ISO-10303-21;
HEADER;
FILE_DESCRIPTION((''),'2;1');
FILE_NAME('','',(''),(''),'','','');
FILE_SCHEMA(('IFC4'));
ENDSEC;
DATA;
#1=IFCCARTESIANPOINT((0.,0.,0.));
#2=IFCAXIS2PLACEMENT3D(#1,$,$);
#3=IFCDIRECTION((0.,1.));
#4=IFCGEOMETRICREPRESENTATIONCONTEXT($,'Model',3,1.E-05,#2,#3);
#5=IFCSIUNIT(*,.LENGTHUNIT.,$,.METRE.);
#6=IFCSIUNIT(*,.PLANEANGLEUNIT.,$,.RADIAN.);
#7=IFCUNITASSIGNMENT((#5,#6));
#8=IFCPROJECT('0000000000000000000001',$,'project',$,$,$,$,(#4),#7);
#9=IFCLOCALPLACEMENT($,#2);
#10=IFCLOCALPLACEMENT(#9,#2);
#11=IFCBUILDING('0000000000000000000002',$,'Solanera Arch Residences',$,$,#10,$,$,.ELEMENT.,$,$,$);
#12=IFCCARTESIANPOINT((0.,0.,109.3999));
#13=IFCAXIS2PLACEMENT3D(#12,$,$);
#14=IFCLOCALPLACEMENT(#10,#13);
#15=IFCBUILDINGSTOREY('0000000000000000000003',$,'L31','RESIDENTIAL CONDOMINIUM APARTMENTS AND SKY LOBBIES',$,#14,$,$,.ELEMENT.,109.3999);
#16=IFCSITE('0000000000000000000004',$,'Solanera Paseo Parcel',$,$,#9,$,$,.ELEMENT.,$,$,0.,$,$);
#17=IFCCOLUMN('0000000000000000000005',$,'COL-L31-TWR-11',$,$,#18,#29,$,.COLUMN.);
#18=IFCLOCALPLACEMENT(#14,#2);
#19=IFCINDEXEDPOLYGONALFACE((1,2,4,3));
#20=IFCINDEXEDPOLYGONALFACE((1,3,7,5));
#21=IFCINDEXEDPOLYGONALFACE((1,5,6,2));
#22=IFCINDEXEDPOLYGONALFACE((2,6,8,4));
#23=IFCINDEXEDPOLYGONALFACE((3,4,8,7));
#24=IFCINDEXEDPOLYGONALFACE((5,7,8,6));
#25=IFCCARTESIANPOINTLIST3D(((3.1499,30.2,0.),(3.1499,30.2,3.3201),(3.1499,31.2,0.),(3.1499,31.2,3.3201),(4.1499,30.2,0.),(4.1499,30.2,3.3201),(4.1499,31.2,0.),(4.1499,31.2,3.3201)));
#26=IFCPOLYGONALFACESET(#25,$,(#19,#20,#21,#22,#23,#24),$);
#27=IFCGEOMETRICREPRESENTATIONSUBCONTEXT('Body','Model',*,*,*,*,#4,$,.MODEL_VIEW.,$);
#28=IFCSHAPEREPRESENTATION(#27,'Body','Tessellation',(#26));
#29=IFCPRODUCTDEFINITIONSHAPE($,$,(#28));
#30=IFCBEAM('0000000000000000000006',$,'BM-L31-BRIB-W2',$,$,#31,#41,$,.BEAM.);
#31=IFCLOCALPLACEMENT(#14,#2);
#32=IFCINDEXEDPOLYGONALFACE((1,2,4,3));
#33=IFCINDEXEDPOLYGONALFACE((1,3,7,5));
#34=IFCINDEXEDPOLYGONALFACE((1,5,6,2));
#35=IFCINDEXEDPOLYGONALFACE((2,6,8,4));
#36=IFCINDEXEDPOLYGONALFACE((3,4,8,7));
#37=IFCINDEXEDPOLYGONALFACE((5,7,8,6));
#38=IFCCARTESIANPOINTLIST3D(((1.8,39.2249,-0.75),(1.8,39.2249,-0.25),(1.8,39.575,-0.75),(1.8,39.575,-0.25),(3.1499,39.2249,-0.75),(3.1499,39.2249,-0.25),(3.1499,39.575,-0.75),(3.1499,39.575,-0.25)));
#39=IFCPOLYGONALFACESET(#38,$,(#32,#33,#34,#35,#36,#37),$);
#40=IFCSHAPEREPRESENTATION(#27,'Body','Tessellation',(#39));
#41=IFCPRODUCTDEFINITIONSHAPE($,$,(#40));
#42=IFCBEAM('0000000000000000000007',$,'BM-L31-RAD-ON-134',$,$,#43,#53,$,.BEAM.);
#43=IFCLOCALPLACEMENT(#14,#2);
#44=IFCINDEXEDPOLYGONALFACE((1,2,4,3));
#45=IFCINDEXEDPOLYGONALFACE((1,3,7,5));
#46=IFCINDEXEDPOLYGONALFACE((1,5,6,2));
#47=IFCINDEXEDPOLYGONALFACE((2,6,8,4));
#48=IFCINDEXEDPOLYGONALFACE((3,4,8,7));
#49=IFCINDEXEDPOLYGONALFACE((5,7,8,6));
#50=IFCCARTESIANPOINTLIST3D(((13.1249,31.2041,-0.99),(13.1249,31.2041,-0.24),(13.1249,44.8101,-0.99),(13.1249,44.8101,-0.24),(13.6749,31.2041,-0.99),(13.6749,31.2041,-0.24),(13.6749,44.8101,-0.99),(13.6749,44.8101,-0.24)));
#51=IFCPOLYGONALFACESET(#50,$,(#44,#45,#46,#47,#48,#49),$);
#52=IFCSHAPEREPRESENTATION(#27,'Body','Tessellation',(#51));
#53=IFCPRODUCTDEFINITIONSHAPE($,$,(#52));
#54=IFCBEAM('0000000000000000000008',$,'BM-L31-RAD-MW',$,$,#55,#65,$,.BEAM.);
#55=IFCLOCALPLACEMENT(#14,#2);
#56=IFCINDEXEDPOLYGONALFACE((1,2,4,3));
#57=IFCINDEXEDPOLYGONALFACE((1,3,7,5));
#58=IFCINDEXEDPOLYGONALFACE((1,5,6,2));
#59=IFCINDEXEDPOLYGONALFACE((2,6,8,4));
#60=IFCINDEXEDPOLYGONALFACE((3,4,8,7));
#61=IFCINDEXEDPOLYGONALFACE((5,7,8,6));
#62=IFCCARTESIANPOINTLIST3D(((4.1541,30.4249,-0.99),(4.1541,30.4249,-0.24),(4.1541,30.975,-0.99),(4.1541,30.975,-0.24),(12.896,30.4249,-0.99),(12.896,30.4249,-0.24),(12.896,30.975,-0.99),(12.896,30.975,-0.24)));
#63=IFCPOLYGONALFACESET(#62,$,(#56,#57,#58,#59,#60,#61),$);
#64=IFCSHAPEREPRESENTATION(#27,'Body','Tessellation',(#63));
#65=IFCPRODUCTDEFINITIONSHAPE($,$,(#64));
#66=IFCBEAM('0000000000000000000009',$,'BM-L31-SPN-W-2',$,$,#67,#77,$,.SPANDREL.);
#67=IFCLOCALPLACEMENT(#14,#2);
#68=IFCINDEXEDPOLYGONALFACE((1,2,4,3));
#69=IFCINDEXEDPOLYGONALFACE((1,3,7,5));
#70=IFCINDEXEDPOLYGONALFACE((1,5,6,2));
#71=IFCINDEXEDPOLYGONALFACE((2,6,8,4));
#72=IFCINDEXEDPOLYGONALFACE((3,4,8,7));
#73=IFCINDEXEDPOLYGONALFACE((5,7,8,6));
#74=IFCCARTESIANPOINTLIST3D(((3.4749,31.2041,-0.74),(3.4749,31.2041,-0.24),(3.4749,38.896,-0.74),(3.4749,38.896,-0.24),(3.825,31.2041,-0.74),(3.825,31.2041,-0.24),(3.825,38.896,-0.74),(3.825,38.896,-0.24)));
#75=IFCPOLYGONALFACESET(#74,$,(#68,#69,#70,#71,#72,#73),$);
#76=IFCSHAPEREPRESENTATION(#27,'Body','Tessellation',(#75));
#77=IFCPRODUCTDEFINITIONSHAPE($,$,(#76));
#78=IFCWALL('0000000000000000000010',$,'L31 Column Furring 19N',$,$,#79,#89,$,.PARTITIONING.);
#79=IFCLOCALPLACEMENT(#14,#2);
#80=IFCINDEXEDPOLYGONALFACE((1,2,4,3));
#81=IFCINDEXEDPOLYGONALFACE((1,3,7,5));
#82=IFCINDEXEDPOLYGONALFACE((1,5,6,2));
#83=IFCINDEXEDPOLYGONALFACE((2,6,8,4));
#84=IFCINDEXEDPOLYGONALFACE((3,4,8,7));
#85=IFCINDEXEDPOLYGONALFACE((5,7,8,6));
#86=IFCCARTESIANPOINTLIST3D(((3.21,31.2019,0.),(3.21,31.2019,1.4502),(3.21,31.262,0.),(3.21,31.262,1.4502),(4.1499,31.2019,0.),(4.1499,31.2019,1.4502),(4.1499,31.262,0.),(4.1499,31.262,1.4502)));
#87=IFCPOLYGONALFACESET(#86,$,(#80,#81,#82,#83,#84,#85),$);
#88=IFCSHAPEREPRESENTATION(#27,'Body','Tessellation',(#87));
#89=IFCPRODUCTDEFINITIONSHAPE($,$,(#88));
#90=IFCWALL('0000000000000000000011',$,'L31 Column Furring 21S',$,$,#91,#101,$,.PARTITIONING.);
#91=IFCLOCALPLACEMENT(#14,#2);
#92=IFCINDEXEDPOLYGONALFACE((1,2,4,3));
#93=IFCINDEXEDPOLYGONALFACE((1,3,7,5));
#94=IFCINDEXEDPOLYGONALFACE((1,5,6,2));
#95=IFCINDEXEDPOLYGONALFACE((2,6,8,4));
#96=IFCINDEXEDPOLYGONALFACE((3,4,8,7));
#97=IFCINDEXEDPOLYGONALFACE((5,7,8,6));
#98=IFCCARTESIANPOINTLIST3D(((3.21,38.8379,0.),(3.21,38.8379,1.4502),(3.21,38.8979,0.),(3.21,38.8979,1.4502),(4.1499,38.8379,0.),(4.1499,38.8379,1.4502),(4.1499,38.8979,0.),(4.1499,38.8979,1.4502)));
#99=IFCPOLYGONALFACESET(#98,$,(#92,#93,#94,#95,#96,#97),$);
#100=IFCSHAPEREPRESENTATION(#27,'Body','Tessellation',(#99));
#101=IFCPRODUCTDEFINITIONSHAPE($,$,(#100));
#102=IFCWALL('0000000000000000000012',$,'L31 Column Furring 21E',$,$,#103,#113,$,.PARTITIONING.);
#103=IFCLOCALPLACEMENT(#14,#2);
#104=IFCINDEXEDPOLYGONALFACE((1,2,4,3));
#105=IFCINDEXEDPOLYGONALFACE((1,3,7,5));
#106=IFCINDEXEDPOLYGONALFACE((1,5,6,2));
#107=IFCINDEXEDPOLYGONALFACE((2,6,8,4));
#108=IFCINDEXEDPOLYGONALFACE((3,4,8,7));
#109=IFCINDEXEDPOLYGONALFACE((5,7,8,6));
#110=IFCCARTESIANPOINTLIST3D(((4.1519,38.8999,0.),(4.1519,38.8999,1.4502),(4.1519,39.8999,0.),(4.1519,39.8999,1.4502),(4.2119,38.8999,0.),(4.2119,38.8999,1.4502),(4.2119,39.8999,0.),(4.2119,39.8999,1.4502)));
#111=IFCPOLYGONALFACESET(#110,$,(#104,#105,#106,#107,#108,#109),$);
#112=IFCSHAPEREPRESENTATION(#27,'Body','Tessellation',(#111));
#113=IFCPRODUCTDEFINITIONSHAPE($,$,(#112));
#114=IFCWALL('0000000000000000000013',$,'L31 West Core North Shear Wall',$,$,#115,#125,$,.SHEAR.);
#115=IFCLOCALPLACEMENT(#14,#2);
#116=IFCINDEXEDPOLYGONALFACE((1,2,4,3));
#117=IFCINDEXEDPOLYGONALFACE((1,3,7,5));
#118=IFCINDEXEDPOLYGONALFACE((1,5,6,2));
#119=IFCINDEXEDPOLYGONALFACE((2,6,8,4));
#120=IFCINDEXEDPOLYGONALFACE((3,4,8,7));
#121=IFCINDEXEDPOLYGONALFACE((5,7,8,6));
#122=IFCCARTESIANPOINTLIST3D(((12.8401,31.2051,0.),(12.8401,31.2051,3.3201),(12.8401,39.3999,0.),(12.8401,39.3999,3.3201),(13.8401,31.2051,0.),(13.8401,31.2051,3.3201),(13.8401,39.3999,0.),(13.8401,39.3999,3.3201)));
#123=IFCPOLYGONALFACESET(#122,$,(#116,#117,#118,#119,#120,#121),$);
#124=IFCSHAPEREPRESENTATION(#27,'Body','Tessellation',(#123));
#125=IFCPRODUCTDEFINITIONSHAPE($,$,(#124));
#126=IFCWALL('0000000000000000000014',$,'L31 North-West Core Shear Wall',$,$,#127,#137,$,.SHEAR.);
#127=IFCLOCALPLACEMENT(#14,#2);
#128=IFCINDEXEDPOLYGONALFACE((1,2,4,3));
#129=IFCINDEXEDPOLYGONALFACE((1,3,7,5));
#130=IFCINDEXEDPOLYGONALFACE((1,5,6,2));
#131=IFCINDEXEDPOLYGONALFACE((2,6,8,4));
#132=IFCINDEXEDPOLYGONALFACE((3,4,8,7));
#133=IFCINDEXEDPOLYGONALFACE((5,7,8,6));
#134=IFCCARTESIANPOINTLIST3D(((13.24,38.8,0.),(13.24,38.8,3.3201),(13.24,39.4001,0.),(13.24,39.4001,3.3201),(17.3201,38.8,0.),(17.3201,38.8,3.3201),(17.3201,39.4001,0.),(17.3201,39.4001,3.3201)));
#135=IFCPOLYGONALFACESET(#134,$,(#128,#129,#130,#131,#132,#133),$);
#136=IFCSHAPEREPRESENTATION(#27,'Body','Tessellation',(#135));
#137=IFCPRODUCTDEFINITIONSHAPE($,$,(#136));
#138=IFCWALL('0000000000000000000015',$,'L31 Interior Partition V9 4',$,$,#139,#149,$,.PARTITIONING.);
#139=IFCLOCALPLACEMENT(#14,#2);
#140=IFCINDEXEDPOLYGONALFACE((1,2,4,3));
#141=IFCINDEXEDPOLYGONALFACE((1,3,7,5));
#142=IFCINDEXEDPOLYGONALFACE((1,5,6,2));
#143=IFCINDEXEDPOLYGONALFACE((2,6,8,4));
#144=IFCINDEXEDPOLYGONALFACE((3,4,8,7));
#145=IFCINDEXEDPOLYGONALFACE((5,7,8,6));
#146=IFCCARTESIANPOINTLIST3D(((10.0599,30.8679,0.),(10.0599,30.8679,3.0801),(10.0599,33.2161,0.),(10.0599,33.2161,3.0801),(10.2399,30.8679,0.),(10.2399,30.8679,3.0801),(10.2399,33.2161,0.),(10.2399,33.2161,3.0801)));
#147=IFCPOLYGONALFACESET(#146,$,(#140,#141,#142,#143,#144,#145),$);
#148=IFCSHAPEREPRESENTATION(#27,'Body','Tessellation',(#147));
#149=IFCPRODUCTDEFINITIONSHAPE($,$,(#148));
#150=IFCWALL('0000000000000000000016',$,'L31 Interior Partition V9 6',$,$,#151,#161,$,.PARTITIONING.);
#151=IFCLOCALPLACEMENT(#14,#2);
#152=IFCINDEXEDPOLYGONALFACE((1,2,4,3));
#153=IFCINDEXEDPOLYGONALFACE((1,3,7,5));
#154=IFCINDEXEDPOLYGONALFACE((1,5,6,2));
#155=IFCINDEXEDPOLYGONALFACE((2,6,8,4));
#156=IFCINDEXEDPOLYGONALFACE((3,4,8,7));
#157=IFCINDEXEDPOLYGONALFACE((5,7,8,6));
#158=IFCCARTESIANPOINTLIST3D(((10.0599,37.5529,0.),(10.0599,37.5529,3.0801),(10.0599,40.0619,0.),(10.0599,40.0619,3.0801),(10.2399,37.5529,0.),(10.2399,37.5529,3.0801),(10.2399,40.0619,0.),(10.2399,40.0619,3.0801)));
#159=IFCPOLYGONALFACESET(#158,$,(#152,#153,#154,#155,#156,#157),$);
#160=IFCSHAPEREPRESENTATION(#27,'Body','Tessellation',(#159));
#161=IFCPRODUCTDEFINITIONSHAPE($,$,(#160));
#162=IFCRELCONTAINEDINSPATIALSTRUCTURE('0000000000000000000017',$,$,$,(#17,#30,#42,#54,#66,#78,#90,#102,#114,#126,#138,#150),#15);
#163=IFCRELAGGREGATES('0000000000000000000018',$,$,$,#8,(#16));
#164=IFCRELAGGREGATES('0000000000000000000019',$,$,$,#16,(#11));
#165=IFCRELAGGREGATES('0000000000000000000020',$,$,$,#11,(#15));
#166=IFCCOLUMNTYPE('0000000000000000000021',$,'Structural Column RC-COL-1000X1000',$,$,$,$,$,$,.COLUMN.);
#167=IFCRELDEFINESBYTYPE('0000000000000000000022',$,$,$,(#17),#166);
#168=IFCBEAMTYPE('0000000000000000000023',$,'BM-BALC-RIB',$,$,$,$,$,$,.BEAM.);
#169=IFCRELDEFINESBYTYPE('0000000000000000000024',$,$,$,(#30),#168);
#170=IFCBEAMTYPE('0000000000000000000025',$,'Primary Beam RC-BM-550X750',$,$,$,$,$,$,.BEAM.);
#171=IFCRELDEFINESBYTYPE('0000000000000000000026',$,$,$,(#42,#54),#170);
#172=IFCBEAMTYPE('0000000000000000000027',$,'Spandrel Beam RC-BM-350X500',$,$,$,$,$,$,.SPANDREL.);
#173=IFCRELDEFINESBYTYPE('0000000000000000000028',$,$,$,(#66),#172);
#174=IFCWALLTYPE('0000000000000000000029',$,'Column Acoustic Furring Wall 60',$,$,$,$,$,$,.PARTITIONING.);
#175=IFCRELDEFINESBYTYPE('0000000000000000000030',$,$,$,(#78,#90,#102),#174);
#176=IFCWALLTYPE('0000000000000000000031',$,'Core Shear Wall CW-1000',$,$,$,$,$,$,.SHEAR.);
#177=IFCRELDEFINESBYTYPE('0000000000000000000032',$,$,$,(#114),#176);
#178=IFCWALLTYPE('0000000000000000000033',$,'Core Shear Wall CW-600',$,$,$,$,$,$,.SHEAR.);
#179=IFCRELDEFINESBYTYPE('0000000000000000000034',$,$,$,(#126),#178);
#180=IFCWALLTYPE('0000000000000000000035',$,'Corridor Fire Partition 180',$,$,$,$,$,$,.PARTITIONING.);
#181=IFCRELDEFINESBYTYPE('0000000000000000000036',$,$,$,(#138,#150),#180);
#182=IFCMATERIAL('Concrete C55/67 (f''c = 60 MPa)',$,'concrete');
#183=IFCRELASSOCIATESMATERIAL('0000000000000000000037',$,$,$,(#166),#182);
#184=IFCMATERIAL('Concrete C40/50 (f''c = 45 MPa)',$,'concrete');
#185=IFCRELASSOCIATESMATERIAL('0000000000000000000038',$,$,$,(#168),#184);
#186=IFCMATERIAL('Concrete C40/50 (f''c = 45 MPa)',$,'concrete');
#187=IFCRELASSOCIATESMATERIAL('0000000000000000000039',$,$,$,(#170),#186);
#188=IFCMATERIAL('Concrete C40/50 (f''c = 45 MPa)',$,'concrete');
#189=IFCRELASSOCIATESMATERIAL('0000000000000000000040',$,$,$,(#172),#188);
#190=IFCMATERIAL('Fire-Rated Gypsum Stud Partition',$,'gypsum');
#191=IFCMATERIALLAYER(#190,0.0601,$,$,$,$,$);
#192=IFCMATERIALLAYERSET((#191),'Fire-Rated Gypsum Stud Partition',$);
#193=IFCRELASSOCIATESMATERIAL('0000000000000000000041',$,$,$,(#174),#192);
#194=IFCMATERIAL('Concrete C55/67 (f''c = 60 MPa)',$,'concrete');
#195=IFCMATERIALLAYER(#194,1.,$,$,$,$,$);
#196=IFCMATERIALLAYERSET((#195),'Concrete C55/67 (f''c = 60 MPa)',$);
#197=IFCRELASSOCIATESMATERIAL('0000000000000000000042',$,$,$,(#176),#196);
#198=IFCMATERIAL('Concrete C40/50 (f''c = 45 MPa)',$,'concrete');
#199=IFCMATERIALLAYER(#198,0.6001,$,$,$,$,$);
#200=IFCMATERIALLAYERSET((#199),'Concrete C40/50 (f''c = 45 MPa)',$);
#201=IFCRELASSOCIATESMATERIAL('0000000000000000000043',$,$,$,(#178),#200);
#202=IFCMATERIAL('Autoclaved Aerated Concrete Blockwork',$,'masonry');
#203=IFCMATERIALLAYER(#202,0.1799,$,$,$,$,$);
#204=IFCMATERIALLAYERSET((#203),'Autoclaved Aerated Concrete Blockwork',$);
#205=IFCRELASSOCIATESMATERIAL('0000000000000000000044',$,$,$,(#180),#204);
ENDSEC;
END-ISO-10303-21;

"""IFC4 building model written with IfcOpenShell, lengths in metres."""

from ifc_helpers import new_model, si_unit, direction, frame, frame_2d, origin, origin_2d, place, context, subcontext, project, spatial, rectangle, extrude, material, layer, layer_set, material_profile, profile_set, type_object, element, save


model = new_model("IFC4")

# Units and contexts
model_context = context("Model", 3, precision=1e-05, world=origin(), true_north=direction((0.0, 1.0)))
body_context = subcontext(model_context, "Body", "Model", "MODEL_VIEW")
ifc_project = project(units=[si_unit("LENGTHUNIT", "METRE"), si_unit("PLANEANGLEUNIT", "RADIAN")], contexts=[model_context])

# Site, building, storey
site_placement = place(None, origin())
site = spatial("IfcSite", under=ifc_project, at=site_placement, Name="Solanera Paseo Parcel", CompositionType="ELEMENT", RefElevation=0.0)
building_placement = place(site_placement, origin())
building = spatial("IfcBuilding", under=site, at=building_placement, Name="Solanera Arch Residences", CompositionType="ELEMENT")
storey_placement = place(building_placement, frame((0.0, 0.0, 109.3999)))
storey = spatial("IfcBuildingStorey", under=building, at=storey_placement, Name="L31", Description="RESIDENTIAL CONDOMINIUM APARTMENTS AND SKY LOBBIES", CompositionType="ELEMENT", Elevation=109.3999)

# Column
ifc_material_1 = material(Name="Concrete C55/67 (f'c = 60 MPa)", Category="concrete")
ifc_material_profile_1 = material_profile(ifc_material_1, rectangle(XDim=1.0, YDim=1.0, at=origin_2d()))
ifc_profile_set_1 = profile_set([ifc_material_profile_1], Name="Concrete C55/67 (f'c = 60 MPa)")
column_type = type_object("IfcColumnType", Name="Structural Column RC-COL-1000X1000", PredefinedType="COLUMN", material=ifc_profile_set_1)
column_placement = place(storey_placement, frame((3.6499, 30.7, 0.0), z_axis=(0.0, 0.0, 1.0), x_axis=(1.0, 0.0, 0.0)))
element("IfcColumn", 1, at=column_placement, inside=storey, type_object=column_type, Name="COL-L31-TWR-11", PredefinedType="COLUMN", context=body_context, shape_type="SweptSolid", body=[
    extrude(rectangle(XDim=1.0, YDim=1.0, at=origin_2d()), origin(), (0.0, 0.0, 1.0), 3.3201),
])

# Beams
ifc_material_2 = material(Name="Concrete C40/50 (f'c = 45 MPa)", Category="concrete")
ifc_material_profile_2 = material_profile(ifc_material_2, rectangle(XDim=0.3501, YDim=0.5, at=origin_2d()))
ifc_profile_set_2 = profile_set([ifc_material_profile_2], Name="Concrete C40/50 (f'c = 45 MPa)")
beam_type_1 = type_object("IfcBeamType", Name="BM-BALC-RIB", PredefinedType="BEAM", material=ifc_profile_set_2)
beam_1_placement = place(storey_placement, frame((1.8, 39.3999, -0.5), z_axis=(1.0, 0.0, 0.0), x_axis=(0.0, 1.0, 0.0)))
element("IfcBeam", 2, at=beam_1_placement, inside=storey, type_object=beam_type_1, Name="BM-L31-BRIB-W2", PredefinedType="BEAM", context=body_context, shape_type="SweptSolid", body=[
    extrude(rectangle(XDim=0.3501, YDim=0.5, at=origin_2d()), origin(), (0.0, 0.0, 1.0), 1.3499),
])
ifc_material_3 = material(Name="Concrete C40/50 (f'c = 45 MPa)", Category="concrete")
ifc_material_profile_3 = material_profile(ifc_material_3, rectangle(XDim=0.55, YDim=0.75, at=origin_2d()))
ifc_profile_set_3 = profile_set([ifc_material_profile_3], Name="Concrete C40/50 (f'c = 45 MPa)")
beam_type_2 = type_object("IfcBeamType", Name="Primary Beam RC-BM-550X750", PredefinedType="BEAM", material=ifc_profile_set_3)
beam_2_placement = place(storey_placement, frame((13.3999, 31.2041, -0.615), z_axis=(0.0, 1.0, 0.0), x_axis=(-1.0, 0.0, 0.0)))
element("IfcBeam", 3, at=beam_2_placement, inside=storey, type_object=beam_type_2, Name="BM-L31-RAD-ON-134", PredefinedType="BEAM", context=body_context, shape_type="SweptSolid", body=[
    extrude(rectangle(XDim=0.55, YDim=0.75, at=origin_2d()), origin(), (0.0, 0.0, 1.0), 13.606),
])
beam_3_placement = place(storey_placement, frame((4.1541, 30.7, -0.615), z_axis=(1.0, 0.0, 0.0), x_axis=(0.0, 1.0, 0.0)))
element("IfcBeam", 4, at=beam_3_placement, inside=storey, type_object=beam_type_2, Name="BM-L31-RAD-MW", PredefinedType="BEAM", context=body_context, shape_type="SweptSolid", body=[
    extrude(rectangle(XDim=0.55, YDim=0.75, at=origin_2d()), origin(), (0.0, 0.0, 1.0), 8.7419),
])
ifc_material_4 = material(Name="Concrete C40/50 (f'c = 45 MPa)", Category="concrete")
ifc_material_profile_4 = material_profile(ifc_material_4, rectangle(XDim=0.3501, YDim=0.5, at=origin_2d()))
ifc_profile_set_4 = profile_set([ifc_material_profile_4], Name="Concrete C40/50 (f'c = 45 MPa)")
beam_type_3 = type_object("IfcBeamType", Name="Spandrel Beam RC-BM-350X500", PredefinedType="SPANDREL", material=ifc_profile_set_4)
beam_4_placement = place(storey_placement, frame((3.6499, 31.2041, -0.49), z_axis=(0.0, 1.0, 0.0), x_axis=(-1.0, 0.0, 0.0)))
element("IfcBeam", 5, at=beam_4_placement, inside=storey, type_object=beam_type_3, Name="BM-L31-SPN-W-2", PredefinedType="SPANDREL", context=body_context, shape_type="SweptSolid", body=[
    extrude(rectangle(XDim=0.3501, YDim=0.5, at=origin_2d()), origin(), (0.0, 0.0, 1.0), 7.6919),
])

# Walls
ifc_material_5 = material(Name="Fire-Rated Gypsum Stud Partition", Category="gypsum")
ifc_layer_1 = layer(ifc_material_5, 0.0601)
ifc_layer_set_1 = layer_set([ifc_layer_1], Name="Fire-Rated Gypsum Stud Partition")
wall_type_1 = type_object("IfcWallType", Name="Column Acoustic Furring Wall 60", PredefinedType="PARTITIONING", material=ifc_layer_set_1)
for number, where, z_axis, x_axis, name in (
    (6, (3.21, 31.2319, 0.0), (0.0, 0.0, 1.0), (1.0, 0.0, 0.0), "L31 Column Furring 19N"),
    (7, (3.21, 38.8679, 0.0), (0.0, 0.0, 1.0), (1.0, 0.0, 0.0), "L31 Column Furring 21S"),
):
    element("IfcWall", number, at=place(storey_placement, frame(where, z_axis=z_axis, x_axis=x_axis)), inside=storey, type_object=wall_type_1, Name=name, PredefinedType="PARTITIONING", context=body_context, shape_type="SweptSolid", body=[
        extrude(rectangle(XDim=0.9399, YDim=0.0601, at=frame_2d((0.47, 0.0))), origin(), (0.0, 0.0, 1.0), 1.4502),
    ])
wall_1_placement = place(storey_placement, frame((4.1819, 38.8999, 0.0), z_axis=(0.0, 0.0, 1.0), x_axis=(0.0, 1.0, 0.0)))
element("IfcWall", 8, at=wall_1_placement, inside=storey, type_object=wall_type_1, Name="L31 Column Furring 21E", PredefinedType="PARTITIONING", context=body_context, shape_type="SweptSolid", body=[
    extrude(rectangle(XDim=1.0, YDim=0.0601, at=frame_2d((0.5, 0.0))), origin(), (0.0, 0.0, 1.0), 1.4502),
])
ifc_material_6 = material(Name="Concrete C55/67 (f'c = 60 MPa)", Category="concrete")
ifc_layer_2 = layer(ifc_material_6, 1.0)
ifc_layer_set_2 = layer_set([ifc_layer_2], Name="Concrete C55/67 (f'c = 60 MPa)")
wall_type_2 = type_object("IfcWallType", Name="Core Shear Wall CW-1000", PredefinedType="SHEAR", material=ifc_layer_set_2)
wall_2_placement = place(storey_placement, frame((13.3401, 31.2051, 0.0), z_axis=(0.0, 0.0, 1.0), x_axis=(0.0, 1.0, 0.0)))
element("IfcWall", 9, at=wall_2_placement, inside=storey, type_object=wall_type_2, Name="L31 West Core North Shear Wall", PredefinedType="SHEAR", context=body_context, shape_type="SweptSolid", body=[
    extrude(rectangle(XDim=8.1948, YDim=1.0, at=frame_2d((4.0974, 0.0))), origin(), (0.0, 0.0, 1.0), 3.3201),
])
ifc_material_7 = material(Name="Concrete C40/50 (f'c = 45 MPa)", Category="concrete")
ifc_layer_3 = layer(ifc_material_7, 0.6001)
ifc_layer_set_3 = layer_set([ifc_layer_3], Name="Concrete C40/50 (f'c = 45 MPa)")
wall_type_3 = type_object("IfcWallType", Name="Core Shear Wall CW-600", PredefinedType="SHEAR", material=ifc_layer_set_3)
wall_3_placement = place(storey_placement, frame((13.24, 39.1001, 0.0), z_axis=(0.0, 0.0, 1.0), x_axis=(1.0, 0.0, 0.0)))
element("IfcWall", 10, at=wall_3_placement, inside=storey, type_object=wall_type_3, Name="L31 North-West Core Shear Wall", PredefinedType="SHEAR", context=body_context, shape_type="SweptSolid", body=[
    extrude(rectangle(XDim=4.0801, YDim=0.6001, at=frame_2d((2.04, 0.0))), origin(), (0.0, 0.0, 1.0), 3.3201),
])
ifc_material_8 = material(Name="Autoclaved Aerated Concrete Blockwork", Category="masonry")
ifc_layer_4 = layer(ifc_material_8, 0.1799)
ifc_layer_set_4 = layer_set([ifc_layer_4], Name="Autoclaved Aerated Concrete Blockwork")
wall_type_4 = type_object("IfcWallType", Name="Corridor Fire Partition 180", PredefinedType="PARTITIONING", material=ifc_layer_set_4)
wall_4_placement = place(storey_placement, frame((10.1499, 30.8679, 0.0), z_axis=(0.0, 0.0, 1.0), x_axis=(0.0, 1.0, 0.0)))
element("IfcWall", 11, at=wall_4_placement, inside=storey, type_object=wall_type_4, Name="L31 Interior Partition V9 4", PredefinedType="PARTITIONING", context=body_context, shape_type="SweptSolid", body=[
    extrude(rectangle(XDim=2.3481, YDim=0.1799, at=frame_2d((1.1741, 0.0))), origin(), (0.0, 0.0, 1.0), 3.0801),
])

# Wall
wall_5_placement = place(storey_placement, frame((10.1499, 37.553, 0.0), z_axis=(0.0, 0.0, 1.0), x_axis=(0.0, 1.0, 0.0)))
element("IfcWall", 12, at=wall_5_placement, inside=storey, type_object=wall_type_4, Name="L31 Interior Partition V9 6", PredefinedType="PARTITIONING", context=body_context, shape_type="SweptSolid", body=[
    extrude(rectangle(XDim=2.509, YDim=0.1799, at=frame_2d((1.2544, 0.0))), origin(), (0.0, 0.0, 1.0), 3.0801),
])

save(model, "model.ifc")
